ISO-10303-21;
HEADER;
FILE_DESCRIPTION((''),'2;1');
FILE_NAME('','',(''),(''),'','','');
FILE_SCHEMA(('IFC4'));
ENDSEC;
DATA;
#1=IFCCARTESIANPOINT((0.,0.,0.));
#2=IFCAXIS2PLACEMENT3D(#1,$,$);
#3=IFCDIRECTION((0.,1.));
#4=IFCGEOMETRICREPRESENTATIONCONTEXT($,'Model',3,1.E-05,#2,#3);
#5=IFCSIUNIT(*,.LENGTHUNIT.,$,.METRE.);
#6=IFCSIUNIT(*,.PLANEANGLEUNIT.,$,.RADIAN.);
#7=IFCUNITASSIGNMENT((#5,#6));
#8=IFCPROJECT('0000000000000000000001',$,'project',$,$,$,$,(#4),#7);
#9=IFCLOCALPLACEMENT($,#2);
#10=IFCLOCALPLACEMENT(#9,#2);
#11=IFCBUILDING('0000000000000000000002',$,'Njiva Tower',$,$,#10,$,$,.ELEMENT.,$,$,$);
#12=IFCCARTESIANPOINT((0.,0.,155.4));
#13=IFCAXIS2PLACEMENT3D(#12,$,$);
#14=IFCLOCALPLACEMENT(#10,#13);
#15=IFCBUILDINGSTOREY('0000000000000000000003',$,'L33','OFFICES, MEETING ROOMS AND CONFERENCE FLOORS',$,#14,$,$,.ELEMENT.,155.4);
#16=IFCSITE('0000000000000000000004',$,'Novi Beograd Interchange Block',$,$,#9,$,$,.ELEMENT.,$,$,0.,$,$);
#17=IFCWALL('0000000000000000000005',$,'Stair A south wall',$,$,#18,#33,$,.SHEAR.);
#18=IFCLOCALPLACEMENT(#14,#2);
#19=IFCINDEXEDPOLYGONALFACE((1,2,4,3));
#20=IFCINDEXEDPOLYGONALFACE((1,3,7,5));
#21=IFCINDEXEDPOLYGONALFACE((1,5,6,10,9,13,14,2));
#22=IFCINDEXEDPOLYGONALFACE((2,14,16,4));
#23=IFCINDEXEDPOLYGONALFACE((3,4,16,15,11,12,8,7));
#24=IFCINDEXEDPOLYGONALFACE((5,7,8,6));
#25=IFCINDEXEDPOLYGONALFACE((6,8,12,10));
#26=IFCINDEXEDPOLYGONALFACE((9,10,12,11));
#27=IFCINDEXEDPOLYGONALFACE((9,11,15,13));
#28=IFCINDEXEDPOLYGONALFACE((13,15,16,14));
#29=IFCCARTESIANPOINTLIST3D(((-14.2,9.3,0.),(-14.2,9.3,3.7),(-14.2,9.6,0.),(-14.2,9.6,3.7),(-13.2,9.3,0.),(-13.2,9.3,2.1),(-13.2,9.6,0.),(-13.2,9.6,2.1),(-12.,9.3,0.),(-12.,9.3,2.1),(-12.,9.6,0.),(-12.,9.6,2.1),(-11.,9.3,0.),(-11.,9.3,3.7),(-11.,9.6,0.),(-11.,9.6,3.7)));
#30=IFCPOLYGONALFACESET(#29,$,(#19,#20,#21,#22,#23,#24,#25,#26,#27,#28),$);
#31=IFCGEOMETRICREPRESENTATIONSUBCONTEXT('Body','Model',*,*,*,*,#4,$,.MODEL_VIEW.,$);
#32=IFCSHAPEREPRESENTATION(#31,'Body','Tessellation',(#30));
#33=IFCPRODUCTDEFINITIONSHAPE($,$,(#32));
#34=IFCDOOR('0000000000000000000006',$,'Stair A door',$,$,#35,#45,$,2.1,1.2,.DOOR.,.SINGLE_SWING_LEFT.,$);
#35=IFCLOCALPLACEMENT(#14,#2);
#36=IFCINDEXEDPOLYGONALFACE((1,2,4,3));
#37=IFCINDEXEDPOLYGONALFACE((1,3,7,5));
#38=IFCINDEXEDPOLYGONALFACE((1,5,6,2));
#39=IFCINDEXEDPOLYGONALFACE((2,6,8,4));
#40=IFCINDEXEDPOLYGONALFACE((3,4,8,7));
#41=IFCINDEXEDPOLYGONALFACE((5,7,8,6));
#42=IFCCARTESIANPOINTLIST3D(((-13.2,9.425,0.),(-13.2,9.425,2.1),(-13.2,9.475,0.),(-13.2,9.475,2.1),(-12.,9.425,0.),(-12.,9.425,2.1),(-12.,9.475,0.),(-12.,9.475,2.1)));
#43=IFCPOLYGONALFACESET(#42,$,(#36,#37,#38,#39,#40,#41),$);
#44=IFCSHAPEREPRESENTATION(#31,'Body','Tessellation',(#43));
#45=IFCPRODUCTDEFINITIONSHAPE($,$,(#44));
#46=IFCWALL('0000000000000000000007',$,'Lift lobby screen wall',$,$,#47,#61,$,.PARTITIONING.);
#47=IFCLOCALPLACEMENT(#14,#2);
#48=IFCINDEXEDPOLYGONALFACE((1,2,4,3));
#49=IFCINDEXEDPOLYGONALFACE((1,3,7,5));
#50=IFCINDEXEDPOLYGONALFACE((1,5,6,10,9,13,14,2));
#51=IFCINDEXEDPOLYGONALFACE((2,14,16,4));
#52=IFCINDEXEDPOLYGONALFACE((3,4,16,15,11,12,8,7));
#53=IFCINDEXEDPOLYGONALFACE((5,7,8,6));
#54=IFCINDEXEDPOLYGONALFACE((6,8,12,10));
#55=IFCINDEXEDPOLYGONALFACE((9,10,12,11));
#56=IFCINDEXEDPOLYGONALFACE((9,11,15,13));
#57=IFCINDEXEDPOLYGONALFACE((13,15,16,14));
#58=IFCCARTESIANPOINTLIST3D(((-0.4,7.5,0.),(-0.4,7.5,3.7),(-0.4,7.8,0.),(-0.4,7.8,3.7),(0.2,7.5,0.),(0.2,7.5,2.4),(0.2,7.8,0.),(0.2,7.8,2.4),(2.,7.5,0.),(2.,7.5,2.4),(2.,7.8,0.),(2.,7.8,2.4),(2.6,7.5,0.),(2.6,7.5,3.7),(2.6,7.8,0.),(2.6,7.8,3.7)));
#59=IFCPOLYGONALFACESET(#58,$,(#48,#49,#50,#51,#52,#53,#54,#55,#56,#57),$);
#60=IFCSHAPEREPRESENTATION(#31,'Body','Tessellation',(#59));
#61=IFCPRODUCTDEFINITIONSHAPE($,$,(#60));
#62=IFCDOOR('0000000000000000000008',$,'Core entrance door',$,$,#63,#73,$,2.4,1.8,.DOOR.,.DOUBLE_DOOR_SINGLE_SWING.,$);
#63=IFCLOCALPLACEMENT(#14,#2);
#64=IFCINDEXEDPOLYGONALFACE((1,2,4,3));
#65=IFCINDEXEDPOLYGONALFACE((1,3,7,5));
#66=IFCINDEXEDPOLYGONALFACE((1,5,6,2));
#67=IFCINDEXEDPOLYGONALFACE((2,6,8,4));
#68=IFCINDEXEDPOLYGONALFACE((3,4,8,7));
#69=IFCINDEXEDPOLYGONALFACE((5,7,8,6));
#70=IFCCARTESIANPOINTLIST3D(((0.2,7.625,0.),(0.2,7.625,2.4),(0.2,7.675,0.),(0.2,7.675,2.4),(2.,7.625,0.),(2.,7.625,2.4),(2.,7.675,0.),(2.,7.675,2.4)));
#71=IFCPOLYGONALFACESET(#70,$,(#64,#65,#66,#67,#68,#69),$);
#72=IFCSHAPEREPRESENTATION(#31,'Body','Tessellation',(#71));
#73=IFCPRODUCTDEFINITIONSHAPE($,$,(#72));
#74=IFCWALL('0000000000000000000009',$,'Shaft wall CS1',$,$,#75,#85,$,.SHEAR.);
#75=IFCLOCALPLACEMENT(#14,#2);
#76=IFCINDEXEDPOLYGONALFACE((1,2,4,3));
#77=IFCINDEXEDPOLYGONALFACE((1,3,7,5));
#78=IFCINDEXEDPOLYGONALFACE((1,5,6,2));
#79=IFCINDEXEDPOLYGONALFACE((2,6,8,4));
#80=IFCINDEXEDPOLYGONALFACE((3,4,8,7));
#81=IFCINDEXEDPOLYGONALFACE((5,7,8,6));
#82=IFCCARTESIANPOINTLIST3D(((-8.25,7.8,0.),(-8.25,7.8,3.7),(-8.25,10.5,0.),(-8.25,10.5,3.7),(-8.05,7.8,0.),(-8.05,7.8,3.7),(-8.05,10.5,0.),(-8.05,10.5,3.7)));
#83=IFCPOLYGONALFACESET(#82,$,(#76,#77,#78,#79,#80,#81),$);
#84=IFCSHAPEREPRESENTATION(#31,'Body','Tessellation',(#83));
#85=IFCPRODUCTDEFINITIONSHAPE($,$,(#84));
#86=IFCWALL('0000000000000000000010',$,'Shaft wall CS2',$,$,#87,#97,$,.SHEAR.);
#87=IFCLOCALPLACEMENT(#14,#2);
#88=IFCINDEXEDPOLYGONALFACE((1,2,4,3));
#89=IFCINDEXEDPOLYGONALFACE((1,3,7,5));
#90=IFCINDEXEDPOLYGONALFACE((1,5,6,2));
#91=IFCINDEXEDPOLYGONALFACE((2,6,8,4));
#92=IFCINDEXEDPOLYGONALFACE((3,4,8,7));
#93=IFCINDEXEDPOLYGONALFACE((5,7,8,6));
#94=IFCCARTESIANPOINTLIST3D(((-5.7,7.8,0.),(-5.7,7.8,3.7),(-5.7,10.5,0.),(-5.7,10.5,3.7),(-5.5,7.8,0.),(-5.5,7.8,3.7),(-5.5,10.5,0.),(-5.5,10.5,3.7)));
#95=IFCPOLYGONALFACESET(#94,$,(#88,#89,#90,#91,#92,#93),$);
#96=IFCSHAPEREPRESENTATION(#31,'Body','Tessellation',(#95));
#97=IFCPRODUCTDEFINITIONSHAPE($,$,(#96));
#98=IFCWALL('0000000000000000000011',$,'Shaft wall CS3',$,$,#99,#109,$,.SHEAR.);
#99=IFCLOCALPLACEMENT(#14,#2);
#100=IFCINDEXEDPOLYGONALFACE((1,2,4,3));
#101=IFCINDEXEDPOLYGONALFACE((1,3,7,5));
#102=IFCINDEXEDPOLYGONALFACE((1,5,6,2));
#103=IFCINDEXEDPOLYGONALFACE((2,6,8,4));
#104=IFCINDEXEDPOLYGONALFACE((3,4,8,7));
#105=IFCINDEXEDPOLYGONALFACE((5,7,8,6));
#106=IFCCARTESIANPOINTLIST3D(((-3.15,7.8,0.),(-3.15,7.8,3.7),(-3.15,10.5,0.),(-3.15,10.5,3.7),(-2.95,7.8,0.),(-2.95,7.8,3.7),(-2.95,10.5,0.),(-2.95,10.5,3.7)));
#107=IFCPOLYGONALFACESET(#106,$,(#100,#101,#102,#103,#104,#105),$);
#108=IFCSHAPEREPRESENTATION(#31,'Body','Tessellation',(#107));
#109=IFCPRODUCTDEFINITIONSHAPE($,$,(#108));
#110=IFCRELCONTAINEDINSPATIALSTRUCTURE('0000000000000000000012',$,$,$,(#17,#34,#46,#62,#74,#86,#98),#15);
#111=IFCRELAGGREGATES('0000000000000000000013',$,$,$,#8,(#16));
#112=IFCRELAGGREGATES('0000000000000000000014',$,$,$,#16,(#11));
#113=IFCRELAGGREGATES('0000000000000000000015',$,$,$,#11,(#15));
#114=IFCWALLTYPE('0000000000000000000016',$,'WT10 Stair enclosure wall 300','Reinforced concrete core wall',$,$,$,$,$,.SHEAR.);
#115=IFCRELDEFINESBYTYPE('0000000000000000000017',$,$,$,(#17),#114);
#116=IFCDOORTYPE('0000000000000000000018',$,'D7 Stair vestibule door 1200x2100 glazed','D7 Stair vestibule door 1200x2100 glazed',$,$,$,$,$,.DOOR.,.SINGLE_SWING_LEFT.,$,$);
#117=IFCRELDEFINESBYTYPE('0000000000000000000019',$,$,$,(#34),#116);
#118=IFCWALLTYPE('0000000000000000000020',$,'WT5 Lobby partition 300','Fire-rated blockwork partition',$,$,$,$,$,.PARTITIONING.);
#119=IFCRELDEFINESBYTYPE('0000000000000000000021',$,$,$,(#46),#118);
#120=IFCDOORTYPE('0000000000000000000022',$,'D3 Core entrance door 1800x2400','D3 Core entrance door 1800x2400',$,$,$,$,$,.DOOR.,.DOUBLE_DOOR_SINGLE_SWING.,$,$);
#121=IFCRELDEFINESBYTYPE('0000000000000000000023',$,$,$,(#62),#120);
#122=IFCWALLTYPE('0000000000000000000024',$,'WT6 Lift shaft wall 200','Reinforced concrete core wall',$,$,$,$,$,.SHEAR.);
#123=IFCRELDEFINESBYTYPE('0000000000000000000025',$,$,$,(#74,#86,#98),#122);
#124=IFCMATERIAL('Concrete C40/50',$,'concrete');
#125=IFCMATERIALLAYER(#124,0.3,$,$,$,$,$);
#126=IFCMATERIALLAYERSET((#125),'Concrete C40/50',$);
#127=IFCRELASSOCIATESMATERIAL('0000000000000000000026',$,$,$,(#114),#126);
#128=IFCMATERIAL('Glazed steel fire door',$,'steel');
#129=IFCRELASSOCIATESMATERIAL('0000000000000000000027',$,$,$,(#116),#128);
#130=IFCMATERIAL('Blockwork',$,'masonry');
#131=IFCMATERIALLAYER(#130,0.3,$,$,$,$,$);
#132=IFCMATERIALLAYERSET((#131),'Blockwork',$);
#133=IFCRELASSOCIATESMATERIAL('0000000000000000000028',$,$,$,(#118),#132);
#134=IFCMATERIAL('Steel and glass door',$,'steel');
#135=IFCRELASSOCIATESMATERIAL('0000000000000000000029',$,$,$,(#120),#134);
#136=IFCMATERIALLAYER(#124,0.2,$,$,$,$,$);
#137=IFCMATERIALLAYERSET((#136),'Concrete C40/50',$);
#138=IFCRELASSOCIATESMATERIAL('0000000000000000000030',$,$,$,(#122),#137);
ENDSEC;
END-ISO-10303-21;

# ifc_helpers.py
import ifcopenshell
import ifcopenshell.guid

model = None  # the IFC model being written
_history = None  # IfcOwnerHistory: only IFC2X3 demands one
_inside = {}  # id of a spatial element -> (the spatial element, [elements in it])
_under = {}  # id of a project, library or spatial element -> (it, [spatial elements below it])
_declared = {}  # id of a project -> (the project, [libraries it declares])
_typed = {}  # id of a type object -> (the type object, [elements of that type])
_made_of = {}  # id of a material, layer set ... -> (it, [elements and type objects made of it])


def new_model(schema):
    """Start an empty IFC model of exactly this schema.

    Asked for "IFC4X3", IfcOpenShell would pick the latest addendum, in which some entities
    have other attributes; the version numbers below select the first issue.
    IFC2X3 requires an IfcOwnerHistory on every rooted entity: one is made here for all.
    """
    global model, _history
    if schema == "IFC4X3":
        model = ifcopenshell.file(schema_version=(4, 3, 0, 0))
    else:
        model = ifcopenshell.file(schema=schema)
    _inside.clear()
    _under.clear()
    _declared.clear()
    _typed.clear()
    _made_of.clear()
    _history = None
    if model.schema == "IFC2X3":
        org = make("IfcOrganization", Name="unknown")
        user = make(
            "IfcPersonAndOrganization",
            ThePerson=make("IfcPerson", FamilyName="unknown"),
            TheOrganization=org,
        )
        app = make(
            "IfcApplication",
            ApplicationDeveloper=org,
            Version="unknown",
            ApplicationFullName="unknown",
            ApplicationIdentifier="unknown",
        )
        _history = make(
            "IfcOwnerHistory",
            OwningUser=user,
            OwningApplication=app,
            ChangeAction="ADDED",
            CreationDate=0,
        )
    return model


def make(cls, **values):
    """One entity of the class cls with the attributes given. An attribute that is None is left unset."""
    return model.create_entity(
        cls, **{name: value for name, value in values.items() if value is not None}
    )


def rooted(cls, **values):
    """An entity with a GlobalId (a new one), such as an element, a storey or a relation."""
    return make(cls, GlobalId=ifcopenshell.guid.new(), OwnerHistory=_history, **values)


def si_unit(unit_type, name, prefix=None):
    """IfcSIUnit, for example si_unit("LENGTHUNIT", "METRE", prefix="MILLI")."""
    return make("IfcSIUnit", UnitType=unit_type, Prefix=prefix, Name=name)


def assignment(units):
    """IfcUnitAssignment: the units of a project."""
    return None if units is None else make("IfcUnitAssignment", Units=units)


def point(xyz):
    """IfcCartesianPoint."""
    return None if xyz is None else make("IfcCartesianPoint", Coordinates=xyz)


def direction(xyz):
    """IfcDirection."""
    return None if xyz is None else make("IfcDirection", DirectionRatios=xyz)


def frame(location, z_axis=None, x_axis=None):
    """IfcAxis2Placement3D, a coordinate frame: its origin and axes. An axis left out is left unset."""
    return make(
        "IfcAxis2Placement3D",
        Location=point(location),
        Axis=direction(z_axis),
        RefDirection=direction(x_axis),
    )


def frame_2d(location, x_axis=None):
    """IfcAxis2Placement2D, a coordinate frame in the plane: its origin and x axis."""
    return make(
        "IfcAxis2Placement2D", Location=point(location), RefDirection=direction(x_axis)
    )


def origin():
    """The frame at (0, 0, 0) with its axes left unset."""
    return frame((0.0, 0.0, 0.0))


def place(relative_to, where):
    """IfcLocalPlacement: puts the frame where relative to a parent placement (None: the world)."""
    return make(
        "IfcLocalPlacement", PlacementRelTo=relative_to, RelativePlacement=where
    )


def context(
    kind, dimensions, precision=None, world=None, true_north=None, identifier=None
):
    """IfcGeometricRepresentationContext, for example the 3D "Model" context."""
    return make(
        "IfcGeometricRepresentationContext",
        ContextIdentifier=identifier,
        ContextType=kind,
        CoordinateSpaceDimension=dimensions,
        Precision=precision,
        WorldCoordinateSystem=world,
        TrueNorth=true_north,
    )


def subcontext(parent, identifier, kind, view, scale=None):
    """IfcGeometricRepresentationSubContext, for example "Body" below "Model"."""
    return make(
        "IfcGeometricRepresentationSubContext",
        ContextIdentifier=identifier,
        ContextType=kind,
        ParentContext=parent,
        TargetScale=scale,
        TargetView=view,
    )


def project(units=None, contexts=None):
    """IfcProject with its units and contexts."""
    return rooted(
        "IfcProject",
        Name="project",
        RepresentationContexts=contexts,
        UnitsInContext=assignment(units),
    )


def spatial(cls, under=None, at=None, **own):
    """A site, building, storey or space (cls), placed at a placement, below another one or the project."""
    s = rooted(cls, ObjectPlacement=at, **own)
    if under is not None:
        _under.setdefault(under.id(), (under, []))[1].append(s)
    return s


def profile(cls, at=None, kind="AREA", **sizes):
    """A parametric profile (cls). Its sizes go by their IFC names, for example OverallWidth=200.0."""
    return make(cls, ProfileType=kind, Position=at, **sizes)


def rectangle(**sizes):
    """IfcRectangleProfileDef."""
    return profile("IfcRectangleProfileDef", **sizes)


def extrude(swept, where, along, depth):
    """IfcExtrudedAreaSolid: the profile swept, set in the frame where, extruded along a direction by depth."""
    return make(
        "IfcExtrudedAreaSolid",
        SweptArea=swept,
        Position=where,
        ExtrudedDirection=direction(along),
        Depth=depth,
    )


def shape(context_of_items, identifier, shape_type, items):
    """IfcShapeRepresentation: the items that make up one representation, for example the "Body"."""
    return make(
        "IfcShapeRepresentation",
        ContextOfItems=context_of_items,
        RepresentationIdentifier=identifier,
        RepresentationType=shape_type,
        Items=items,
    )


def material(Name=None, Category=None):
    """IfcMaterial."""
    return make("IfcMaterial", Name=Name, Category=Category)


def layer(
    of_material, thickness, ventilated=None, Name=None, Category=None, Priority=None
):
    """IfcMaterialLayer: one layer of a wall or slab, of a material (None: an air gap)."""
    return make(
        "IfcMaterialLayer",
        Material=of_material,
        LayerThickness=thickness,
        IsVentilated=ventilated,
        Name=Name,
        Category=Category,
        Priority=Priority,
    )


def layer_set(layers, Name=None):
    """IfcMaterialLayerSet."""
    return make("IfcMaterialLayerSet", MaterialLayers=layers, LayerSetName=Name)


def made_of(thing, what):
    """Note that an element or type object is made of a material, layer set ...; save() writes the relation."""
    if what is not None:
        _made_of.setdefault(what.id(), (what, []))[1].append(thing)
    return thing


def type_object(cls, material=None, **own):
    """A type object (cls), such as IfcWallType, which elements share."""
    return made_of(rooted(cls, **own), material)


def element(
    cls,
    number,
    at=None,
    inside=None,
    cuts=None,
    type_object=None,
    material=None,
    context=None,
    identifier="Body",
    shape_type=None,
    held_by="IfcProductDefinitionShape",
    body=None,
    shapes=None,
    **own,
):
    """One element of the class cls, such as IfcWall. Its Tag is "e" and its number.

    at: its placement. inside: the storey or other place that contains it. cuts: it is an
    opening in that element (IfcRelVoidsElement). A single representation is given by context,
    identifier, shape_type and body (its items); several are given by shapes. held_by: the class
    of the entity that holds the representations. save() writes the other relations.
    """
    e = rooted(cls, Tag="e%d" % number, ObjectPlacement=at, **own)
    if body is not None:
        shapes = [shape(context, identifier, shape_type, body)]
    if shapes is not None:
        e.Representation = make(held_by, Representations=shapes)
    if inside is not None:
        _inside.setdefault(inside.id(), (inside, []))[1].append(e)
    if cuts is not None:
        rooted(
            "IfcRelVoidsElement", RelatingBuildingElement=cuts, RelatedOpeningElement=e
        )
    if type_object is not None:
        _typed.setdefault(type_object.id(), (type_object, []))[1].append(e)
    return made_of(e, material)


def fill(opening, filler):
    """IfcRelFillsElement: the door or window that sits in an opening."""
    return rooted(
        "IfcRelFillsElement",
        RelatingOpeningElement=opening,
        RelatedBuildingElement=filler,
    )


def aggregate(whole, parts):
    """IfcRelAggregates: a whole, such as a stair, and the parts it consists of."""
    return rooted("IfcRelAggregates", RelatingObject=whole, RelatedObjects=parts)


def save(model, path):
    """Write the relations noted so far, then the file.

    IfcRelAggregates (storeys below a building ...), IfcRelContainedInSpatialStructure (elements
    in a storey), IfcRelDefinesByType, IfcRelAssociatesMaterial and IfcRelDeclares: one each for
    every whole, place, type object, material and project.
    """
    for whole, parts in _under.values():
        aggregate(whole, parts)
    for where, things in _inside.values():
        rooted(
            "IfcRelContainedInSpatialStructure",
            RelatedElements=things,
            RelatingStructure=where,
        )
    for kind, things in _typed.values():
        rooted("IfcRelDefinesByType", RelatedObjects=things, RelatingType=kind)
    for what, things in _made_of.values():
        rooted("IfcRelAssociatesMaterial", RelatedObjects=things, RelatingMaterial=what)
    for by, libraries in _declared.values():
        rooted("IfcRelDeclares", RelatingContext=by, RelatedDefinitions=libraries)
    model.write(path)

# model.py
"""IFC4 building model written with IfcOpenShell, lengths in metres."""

from ifc_helpers import new_model, si_unit, direction, frame, frame_2d, origin, place, context, subcontext, project, spatial, rectangle, extrude, material, layer, layer_set, type_object, element, fill, save


model = new_model("IFC4")

# Units and contexts
model_context = context("Model", 3, precision=1e-05, world=origin(), true_north=direction((0.0, 1.0)))
body_context = subcontext(model_context, "Body", "Model", "MODEL_VIEW")
ifc_project = project(units=[si_unit("LENGTHUNIT", "METRE"), si_unit("PLANEANGLEUNIT", "RADIAN")], contexts=[model_context])

# Site, building, storey
site_placement = place(None, origin())
site = spatial("IfcSite", under=ifc_project, at=site_placement, Name="Novi Beograd Interchange Block", CompositionType="ELEMENT", RefElevation=0.0)
building_placement = place(site_placement, origin())
building = spatial("IfcBuilding", under=site, at=building_placement, Name="Njiva Tower", CompositionType="ELEMENT")
storey_placement = place(building_placement, frame((0.0, 0.0, 155.4)))
storey = spatial("IfcBuildingStorey", under=building, at=storey_placement, Name="L33", Description="OFFICES, MEETING ROOMS AND CONFERENCE FLOORS", CompositionType="ELEMENT", Elevation=155.4)

# Shared definitions
ifc_material_1 = material(Name="Blockwork", Category="masonry")

# Shared definitions
ifc_material_2 = material(Name="Concrete C40/50", Category="concrete")
ifc_layer_1 = layer(ifc_material_2, 0.3)
ifc_layer_set_1 = layer_set([ifc_layer_1], Name="Concrete C40/50")
wall_type_1 = type_object("IfcWallType", Name="WT10 Stair enclosure wall 300", Description="Reinforced concrete core wall", PredefinedType="SHEAR", material=ifc_layer_set_1)
ifc_material_3 = material(Name="Glazed steel fire door", Category="steel")

# Walls, openings, doors
wall_1_placement = place(storey_placement, frame((-14.2, 9.45, 0.0), z_axis=(0.0, 0.0, 1.0), x_axis=(1.0, 0.0, 0.0)))
wall_1 = element("IfcWall", 1, at=wall_1_placement, inside=storey, type_object=wall_type_1, Name="Stair A south wall", PredefinedType="SHEAR", context=body_context, shape_type="SweptSolid", body=[
    extrude(rectangle(XDim=3.2, YDim=0.3, at=frame_2d((1.6, 0.0))), origin(), (0.0, 0.0, 1.0), 3.7),
])
opening_1_placement = place(wall_1_placement, frame((1.0, 0.0, 0.0)))
opening_1 = element("IfcOpeningElement", 2, at=opening_1_placement, cuts=wall_1, PredefinedType="OPENING", context=body_context, shape_type="SweptSolid", body=[
    extrude(rectangle(XDim=1.2, YDim=2.1, at=frame_2d((0.6, 1.05))), frame((0.0, 0.16, 0.0), z_axis=(0.0, -1.0, 0.0), x_axis=(1.0, 0.0, 0.0)), (0.0, 0.0, 1.0), 0.32),
])
door_type_1 = type_object("IfcDoorType", Name="D7 Stair vestibule door 1200x2100 glazed", Description="D7 Stair vestibule door 1200x2100 glazed", OperationType="SINGLE_SWING_LEFT", PredefinedType="DOOR", material=ifc_material_3)
door_1_placement = place(opening_1_placement, origin())
door_1 = element("IfcDoor", 3, at=door_1_placement, inside=storey, type_object=door_type_1, Name="Stair A door", OperationType="SINGLE_SWING_LEFT", OverallHeight=2.1, OverallWidth=1.2, PredefinedType="DOOR", context=body_context, shape_type="SweptSolid", body=[
    extrude(rectangle(XDim=1.2, YDim=2.1, at=frame_2d((0.6, 1.05))), frame((0.0, 0.025, 0.0), z_axis=(0.0, -1.0, 0.0), x_axis=(1.0, 0.0, 0.0)), (0.0, 0.0, 1.0), 0.05),
])
fill(opening_1, door_1)
ifc_layer_2 = layer(ifc_material_1, 0.3)
ifc_layer_set_2 = layer_set([ifc_layer_2], Name="Blockwork")
wall_type_2 = type_object("IfcWallType", Name="WT5 Lobby partition 300", Description="Fire-rated blockwork partition", PredefinedType="PARTITIONING", material=ifc_layer_set_2)
wall_2_placement = place(storey_placement, frame((-0.4, 7.65, 0.0), z_axis=(0.0, 0.0, 1.0), x_axis=(1.0, 0.0, 0.0)))
wall_2 = element("IfcWall", 4, at=wall_2_placement, inside=storey, type_object=wall_type_2, Name="Lift lobby screen wall", PredefinedType="PARTITIONING", context=body_context, shape_type="SweptSolid", body=[
    extrude(rectangle(XDim=3.0, YDim=0.3, at=frame_2d((1.5, 0.0))), origin(), (0.0, 0.0, 1.0), 3.7),
])
opening_2_placement = place(wall_2_placement, frame((0.6, 0.0, 0.0)))
opening_2 = element("IfcOpeningElement", 5, at=opening_2_placement, cuts=wall_2, PredefinedType="OPENING", context=body_context, shape_type="SweptSolid", body=[
    extrude(rectangle(XDim=1.8, YDim=2.4, at=frame_2d((0.9, 1.2))), frame((0.0, 0.16, 0.0), z_axis=(0.0, -1.0, 0.0), x_axis=(1.0, 0.0, 0.0)), (0.0, 0.0, 1.0), 0.32),
])
ifc_material_4 = material(Name="Steel and glass door", Category="steel")
door_type_2 = type_object("IfcDoorType", Name="D3 Core entrance door 1800x2400", Description="D3 Core entrance door 1800x2400", OperationType="DOUBLE_DOOR_SINGLE_SWING", PredefinedType="DOOR", material=ifc_material_4)
door_2_placement = place(opening_2_placement, origin())
door_2 = element("IfcDoor", 6, at=door_2_placement, inside=storey, type_object=door_type_2, Name="Core entrance door", OperationType="DOUBLE_DOOR_SINGLE_SWING", OverallHeight=2.4, OverallWidth=1.8, PredefinedType="DOOR", context=body_context, shape_type="SweptSolid", body=[
    extrude(rectangle(XDim=1.8, YDim=2.4, at=frame_2d((0.9, 1.2))), frame((0.0, 0.025, 0.0), z_axis=(0.0, -1.0, 0.0), x_axis=(1.0, 0.0, 0.0)), (0.0, 0.0, 1.0), 0.05),
])
fill(opening_2, door_2)

# Walls
ifc_layer_3 = layer(ifc_material_2, 0.2)
ifc_layer_set_3 = layer_set([ifc_layer_3], Name="Concrete C40/50")
wall_type_3 = type_object("IfcWallType", Name="WT6 Lift shaft wall 200", Description="Reinforced concrete core wall", PredefinedType="SHEAR", material=ifc_layer_set_3)
for number, where, z_axis, x_axis, name in (
    (7, (-8.15, 7.8, 0.0), (0.0, 0.0, 1.0), (0.0, 1.0, 0.0), "Shaft wall CS1"),
    (8, (-5.6, 7.8, 0.0), (0.0, 0.0, 1.0), (0.0, 1.0, 0.0), "Shaft wall CS2"),
    (9, (-3.05, 7.8, 0.0), (0.0, 0.0, 1.0), (0.0, 1.0, 0.0), "Shaft wall CS3"),
):
    element("IfcWall", number, at=place(storey_placement, frame(where, z_axis=z_axis, x_axis=x_axis)), inside=storey, type_object=wall_type_3, Name=name, PredefinedType="SHEAR", context=body_context, shape_type="SweptSolid", body=[
        extrude(rectangle(XDim=2.7, YDim=0.2, at=frame_2d((1.35, 0.0))), origin(), (0.0, 0.0, 1.0), 3.7),
    ])

save(model, "model.ifc")
